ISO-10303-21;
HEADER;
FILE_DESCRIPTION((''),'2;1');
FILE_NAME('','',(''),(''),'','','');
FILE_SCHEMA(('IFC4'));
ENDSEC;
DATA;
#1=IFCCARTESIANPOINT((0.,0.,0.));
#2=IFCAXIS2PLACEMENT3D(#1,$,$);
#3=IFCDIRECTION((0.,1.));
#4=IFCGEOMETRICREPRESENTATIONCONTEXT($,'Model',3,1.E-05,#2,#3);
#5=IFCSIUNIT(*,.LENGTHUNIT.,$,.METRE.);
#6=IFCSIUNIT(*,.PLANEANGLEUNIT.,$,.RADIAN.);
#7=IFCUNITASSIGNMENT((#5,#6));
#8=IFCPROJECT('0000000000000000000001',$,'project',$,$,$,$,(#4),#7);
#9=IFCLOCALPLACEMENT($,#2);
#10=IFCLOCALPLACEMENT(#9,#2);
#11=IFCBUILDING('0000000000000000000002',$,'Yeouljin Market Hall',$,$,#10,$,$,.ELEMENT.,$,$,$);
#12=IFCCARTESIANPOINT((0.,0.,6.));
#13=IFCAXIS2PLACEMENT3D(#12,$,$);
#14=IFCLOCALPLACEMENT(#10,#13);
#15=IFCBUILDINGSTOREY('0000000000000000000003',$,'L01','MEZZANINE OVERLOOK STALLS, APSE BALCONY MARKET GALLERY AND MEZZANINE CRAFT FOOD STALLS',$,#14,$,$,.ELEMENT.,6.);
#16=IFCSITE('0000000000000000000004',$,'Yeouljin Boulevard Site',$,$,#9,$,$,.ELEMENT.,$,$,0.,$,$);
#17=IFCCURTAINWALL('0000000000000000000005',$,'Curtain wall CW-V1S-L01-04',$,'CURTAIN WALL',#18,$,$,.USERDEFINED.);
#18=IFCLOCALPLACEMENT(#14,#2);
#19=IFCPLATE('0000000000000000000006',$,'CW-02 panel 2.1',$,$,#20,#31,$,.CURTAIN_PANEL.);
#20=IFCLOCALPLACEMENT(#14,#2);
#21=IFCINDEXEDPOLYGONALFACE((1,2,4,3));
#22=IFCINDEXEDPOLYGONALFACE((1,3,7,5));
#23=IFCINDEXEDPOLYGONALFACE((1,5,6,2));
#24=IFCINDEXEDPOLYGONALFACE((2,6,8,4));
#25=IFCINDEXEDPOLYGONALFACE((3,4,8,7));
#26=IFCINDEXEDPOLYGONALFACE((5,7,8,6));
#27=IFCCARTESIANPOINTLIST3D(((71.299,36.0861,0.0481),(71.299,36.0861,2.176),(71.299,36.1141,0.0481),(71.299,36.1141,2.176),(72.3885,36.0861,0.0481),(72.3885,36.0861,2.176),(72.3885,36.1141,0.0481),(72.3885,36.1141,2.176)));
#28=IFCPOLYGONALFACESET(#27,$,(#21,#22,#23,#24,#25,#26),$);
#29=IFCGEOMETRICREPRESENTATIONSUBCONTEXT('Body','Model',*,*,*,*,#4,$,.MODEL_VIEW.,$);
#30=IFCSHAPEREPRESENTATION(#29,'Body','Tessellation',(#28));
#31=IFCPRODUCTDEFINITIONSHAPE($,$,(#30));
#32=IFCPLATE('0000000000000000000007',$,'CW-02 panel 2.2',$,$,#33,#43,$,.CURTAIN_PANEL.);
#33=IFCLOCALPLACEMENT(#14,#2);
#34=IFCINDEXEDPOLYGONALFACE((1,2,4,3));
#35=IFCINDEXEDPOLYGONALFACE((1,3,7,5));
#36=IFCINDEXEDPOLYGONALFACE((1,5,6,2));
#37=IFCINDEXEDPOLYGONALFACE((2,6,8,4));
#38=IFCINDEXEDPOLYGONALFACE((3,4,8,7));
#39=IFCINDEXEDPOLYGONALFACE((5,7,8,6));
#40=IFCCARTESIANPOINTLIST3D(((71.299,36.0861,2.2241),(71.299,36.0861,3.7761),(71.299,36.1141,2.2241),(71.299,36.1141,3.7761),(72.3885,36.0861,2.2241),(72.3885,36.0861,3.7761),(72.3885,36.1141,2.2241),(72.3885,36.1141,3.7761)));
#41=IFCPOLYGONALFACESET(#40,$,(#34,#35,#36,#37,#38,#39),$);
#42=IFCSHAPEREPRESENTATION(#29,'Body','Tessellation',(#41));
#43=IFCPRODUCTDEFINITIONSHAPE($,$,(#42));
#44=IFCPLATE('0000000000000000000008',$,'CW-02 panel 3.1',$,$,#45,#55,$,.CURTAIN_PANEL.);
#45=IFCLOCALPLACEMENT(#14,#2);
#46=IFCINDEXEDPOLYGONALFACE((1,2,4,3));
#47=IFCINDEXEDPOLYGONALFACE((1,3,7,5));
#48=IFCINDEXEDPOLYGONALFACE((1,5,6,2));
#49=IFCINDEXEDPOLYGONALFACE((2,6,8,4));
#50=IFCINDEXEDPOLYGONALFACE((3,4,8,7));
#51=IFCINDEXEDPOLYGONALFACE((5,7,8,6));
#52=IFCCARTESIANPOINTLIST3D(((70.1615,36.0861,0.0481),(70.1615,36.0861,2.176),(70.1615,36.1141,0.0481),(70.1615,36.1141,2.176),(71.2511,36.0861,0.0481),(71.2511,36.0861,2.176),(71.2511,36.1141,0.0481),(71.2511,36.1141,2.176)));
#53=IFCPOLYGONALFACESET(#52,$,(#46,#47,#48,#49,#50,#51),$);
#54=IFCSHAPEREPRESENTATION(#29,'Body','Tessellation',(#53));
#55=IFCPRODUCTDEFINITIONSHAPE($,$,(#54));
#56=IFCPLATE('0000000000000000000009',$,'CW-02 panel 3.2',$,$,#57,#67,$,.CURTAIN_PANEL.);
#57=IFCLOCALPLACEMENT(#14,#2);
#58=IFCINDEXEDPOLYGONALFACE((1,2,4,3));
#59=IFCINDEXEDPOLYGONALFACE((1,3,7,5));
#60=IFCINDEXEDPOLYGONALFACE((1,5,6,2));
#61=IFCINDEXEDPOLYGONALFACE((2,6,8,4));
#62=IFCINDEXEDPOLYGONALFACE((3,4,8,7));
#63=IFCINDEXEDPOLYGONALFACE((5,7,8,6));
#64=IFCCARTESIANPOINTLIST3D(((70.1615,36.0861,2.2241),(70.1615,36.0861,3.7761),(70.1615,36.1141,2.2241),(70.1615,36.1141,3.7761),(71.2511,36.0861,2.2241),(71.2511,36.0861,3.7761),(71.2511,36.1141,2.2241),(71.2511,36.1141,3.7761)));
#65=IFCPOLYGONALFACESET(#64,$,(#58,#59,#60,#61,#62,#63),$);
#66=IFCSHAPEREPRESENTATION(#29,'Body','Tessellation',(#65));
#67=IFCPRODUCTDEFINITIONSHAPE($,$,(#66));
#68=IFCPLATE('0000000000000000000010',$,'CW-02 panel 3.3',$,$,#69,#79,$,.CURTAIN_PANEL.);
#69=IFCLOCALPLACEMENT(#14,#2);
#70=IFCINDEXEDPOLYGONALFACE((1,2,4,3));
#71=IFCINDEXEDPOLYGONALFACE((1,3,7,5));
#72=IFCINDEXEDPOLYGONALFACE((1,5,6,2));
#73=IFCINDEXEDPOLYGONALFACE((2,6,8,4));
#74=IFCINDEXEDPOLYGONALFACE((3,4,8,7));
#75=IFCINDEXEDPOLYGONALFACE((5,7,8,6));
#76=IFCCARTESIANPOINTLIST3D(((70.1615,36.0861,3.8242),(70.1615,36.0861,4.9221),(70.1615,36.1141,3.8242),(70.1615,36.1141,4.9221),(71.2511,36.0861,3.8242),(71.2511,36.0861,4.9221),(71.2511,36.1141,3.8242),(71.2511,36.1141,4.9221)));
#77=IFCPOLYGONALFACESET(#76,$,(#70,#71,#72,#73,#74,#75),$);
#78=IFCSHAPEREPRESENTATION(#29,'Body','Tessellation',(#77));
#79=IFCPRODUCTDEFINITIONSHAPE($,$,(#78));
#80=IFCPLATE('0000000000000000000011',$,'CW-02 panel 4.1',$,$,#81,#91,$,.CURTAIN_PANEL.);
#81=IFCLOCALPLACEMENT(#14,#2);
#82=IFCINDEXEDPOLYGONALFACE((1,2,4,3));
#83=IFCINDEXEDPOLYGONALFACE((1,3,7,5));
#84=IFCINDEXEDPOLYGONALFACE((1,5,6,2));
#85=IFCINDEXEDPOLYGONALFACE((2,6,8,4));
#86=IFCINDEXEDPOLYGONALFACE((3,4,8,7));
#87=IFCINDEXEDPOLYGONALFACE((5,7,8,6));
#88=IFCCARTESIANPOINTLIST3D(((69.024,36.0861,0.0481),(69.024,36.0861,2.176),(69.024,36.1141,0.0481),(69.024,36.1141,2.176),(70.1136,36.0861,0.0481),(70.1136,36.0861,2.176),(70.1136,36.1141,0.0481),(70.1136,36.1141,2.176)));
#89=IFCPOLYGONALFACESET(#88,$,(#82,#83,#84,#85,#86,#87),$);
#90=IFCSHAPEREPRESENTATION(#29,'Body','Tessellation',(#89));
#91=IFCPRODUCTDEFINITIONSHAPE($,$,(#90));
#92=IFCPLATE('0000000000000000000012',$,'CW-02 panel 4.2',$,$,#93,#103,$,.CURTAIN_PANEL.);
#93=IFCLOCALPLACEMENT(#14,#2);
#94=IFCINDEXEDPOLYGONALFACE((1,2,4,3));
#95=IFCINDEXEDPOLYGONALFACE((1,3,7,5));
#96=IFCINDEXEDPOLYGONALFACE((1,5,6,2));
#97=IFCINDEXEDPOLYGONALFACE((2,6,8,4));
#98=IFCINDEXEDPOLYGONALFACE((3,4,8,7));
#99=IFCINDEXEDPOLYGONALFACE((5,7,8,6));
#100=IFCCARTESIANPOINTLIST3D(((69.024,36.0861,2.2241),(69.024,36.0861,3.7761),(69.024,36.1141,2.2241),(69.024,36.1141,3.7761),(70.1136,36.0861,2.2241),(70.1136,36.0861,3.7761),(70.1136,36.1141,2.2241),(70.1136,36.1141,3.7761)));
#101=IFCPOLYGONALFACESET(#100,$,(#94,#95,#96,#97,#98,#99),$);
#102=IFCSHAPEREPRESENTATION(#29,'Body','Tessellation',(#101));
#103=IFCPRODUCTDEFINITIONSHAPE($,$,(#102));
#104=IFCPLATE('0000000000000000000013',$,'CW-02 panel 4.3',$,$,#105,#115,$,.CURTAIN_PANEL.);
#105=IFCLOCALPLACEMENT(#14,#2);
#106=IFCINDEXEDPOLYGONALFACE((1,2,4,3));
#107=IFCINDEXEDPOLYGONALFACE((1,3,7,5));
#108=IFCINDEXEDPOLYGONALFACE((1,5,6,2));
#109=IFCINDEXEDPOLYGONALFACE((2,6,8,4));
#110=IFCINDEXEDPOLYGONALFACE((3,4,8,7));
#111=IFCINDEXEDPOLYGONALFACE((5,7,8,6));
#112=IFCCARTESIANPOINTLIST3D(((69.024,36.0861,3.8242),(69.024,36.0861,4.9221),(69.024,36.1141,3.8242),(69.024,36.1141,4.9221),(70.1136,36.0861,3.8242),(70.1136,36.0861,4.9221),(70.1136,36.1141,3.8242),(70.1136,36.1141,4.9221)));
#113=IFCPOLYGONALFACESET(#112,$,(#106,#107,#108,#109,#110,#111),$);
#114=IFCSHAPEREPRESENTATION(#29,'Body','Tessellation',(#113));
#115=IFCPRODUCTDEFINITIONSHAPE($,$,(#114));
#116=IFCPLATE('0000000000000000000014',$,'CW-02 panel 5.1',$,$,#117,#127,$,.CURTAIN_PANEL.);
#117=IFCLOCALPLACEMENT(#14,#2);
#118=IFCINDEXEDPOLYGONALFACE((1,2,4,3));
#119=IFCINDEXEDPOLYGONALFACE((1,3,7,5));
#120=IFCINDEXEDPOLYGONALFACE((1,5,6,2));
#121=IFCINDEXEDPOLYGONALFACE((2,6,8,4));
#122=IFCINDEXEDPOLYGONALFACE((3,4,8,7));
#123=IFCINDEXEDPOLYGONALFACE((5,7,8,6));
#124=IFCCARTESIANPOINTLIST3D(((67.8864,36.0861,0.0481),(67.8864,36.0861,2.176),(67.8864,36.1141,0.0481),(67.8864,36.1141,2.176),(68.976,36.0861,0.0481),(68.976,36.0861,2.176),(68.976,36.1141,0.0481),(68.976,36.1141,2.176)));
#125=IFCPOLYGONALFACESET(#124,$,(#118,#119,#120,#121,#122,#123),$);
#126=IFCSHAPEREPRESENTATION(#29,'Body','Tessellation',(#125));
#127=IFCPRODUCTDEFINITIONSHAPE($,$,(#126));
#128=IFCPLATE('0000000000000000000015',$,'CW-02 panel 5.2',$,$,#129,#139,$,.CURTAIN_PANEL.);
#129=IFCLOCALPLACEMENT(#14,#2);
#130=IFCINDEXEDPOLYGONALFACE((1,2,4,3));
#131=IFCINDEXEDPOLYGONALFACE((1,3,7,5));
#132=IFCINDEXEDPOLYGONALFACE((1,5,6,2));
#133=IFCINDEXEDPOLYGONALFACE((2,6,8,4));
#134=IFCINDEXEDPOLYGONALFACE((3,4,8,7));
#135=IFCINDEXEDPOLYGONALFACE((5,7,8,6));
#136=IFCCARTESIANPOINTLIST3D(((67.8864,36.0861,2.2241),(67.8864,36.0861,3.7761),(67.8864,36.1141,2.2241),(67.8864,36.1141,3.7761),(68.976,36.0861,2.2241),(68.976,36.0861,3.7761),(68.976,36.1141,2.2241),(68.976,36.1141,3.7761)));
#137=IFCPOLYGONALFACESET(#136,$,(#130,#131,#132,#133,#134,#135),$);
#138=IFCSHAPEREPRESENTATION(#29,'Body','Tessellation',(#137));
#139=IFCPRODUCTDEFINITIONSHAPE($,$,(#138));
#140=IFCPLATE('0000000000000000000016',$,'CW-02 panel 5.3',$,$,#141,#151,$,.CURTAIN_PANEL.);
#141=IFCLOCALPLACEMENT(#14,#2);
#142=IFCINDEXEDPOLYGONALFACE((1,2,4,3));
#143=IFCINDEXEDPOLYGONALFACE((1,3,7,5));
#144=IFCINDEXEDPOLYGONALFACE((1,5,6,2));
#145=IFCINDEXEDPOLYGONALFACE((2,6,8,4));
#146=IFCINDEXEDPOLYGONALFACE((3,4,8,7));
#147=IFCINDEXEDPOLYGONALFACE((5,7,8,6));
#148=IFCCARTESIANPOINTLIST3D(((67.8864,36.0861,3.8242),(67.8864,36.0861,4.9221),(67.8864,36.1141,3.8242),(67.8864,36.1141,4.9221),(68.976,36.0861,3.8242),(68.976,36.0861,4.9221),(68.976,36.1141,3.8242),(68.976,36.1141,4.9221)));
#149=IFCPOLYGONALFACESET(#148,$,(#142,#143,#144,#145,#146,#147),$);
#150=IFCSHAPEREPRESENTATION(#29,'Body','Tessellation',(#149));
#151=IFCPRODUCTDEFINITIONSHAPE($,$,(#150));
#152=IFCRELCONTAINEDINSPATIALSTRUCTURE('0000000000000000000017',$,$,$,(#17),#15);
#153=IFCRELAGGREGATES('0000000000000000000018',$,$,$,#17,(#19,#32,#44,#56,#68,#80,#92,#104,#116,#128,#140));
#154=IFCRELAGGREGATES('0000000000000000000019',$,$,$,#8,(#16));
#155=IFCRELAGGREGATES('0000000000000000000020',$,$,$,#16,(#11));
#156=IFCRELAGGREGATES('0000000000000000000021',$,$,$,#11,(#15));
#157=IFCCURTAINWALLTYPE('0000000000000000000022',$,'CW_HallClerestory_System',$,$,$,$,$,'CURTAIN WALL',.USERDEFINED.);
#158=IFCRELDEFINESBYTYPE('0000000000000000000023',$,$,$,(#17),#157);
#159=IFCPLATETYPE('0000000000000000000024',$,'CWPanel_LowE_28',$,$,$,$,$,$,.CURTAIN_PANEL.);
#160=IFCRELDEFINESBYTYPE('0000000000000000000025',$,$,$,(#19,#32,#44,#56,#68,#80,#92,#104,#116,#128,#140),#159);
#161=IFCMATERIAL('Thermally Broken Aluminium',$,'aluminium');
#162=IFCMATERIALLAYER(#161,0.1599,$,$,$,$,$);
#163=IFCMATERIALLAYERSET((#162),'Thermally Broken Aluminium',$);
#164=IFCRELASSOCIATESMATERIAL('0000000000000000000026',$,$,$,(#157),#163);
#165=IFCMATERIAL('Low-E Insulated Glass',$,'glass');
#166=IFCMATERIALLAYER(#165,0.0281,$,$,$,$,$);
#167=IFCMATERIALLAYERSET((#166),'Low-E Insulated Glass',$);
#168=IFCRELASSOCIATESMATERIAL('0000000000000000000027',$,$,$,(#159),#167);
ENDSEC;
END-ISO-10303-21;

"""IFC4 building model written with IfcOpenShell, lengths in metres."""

from ifc_helpers import new_model, si_unit, direction, frame, origin, origin_2d, place, context, subcontext, project, spatial, rectangle, extrude, material, layer, layer_set, type_object, element, aggregate, save


model = new_model("IFC4")

# Units and contexts
model_context = context("Model", 3, precision=1e-05, world=origin(), true_north=direction((0.0, 1.0)))
body_context = subcontext(model_context, "Body", "Model", "MODEL_VIEW")
ifc_project = project(units=[si_unit("LENGTHUNIT", "METRE"), si_unit("PLANEANGLEUNIT", "RADIAN")], contexts=[model_context])

# Site, building, storey
site_placement = place(None, origin())
site = spatial("IfcSite", under=ifc_project, at=site_placement, Name="Yeouljin Boulevard Site", CompositionType="ELEMENT", RefElevation=0.0)
building_placement = place(site_placement, origin())
building = spatial("IfcBuilding", under=site, at=building_placement, Name="Yeouljin Market Hall", CompositionType="ELEMENT")
storey_placement = place(building_placement, frame((0.0, 0.0, 6.0)))
storey = spatial("IfcBuildingStorey", under=building, at=storey_placement, Name="L01", Description="MEZZANINE OVERLOOK STALLS, APSE BALCONY MARKET GALLERY AND MEZZANINE CRAFT FOOD STALLS", CompositionType="ELEMENT", Elevation=6.0)

# Curtain wall, plates
ifc_material_1 = material(Name="Thermally Broken Aluminium", Category="aluminium")
ifc_layer_1 = layer(ifc_material_1, 0.1599)
ifc_layer_set_1 = layer_set([ifc_layer_1], Name="Thermally Broken Aluminium")
curtain_wall_type = type_object("IfcCurtainWallType", Name="CW_HallClerestory_System", ElementType="CURTAIN WALL", PredefinedType="USERDEFINED", material=ifc_layer_set_1)
curtain_wall_placement = place(storey_placement, origin())
curtain_wall = element("IfcCurtainWall", 1, at=curtain_wall_placement, inside=storey, type_object=curtain_wall_type, Name="Curtain wall CW-V1S-L01-04", ObjectType="CURTAIN WALL", PredefinedType="USERDEFINED")
ifc_material_2 = material(Name="Low-E Insulated Glass", Category="glass")
ifc_layer_2 = layer(ifc_material_2, 0.0281)
ifc_layer_set_2 = layer_set([ifc_layer_2], Name="Low-E Insulated Glass")
plate_type = type_object("IfcPlateType", Name="CWPanel_LowE_28", PredefinedType="CURTAIN_PANEL", material=ifc_layer_set_2)
plate_1_placement = place(storey_placement, frame((71.8438, 36.1001, 0.0481), z_axis=(0.0, 0.0, 1.0), x_axis=(-1.0, 0.0, 0.0)))
plate_1 = element("IfcPlate", 2, at=plate_1_placement, type_object=plate_type, Name="CW-02 panel 2.1", PredefinedType="CURTAIN_PANEL", context=body_context, shape_type="SweptSolid", body=[
    extrude(rectangle(XDim=1.0896, YDim=0.0281, at=origin_2d()), origin(), (0.0, 0.0, 1.0), 2.1279),
])
plate_2_placement = place(storey_placement, frame((71.8438, 36.1001, 2.2241), z_axis=(0.0, 0.0, 1.0), x_axis=(-1.0, 0.0, 0.0)))
plate_2 = element("IfcPlate", 3, at=plate_2_placement, type_object=plate_type, Name="CW-02 panel 2.2", PredefinedType="CURTAIN_PANEL", context=body_context, shape_type="SweptSolid", body=[
    extrude(rectangle(XDim=1.0896, YDim=0.0281, at=origin_2d()), origin(), (0.0, 0.0, 1.0), 1.552),
])
plate_3_placement = place(storey_placement, frame((70.7063, 36.1001, 0.0481), z_axis=(0.0, 0.0, 1.0), x_axis=(-1.0, 0.0, 0.0)))
plate_3 = element("IfcPlate", 4, at=plate_3_placement, type_object=plate_type, Name="CW-02 panel 3.1", PredefinedType="CURTAIN_PANEL", context=body_context, shape_type="SweptSolid", body=[
    extrude(rectangle(XDim=1.0896, YDim=0.0281, at=origin_2d()), origin(), (0.0, 0.0, 1.0), 2.1279),
])
plate_4_placement = place(storey_placement, frame((70.7063, 36.1001, 2.2241), z_axis=(0.0, 0.0, 1.0), x_axis=(-1.0, 0.0, 0.0)))
plate_4 = element("IfcPlate", 5, at=plate_4_placement, type_object=plate_type, Name="CW-02 panel 3.2", PredefinedType="CURTAIN_PANEL", context=body_context, shape_type="SweptSolid", body=[
    extrude(rectangle(XDim=1.0896, YDim=0.0281, at=origin_2d()), origin(), (0.0, 0.0, 1.0), 1.552),
])
plate_5_placement = place(storey_placement, frame((70.7063, 36.1001, 3.8242), z_axis=(0.0, 0.0, 1.0), x_axis=(-1.0, 0.0, 0.0)))
plate_5 = element("IfcPlate", 6, at=plate_5_placement, type_object=plate_type, Name="CW-02 panel 3.3", PredefinedType="CURTAIN_PANEL", context=body_context, shape_type="SweptSolid", body=[
    extrude(rectangle(XDim=1.0896, YDim=0.0281, at=origin_2d()), origin(), (0.0, 0.0, 1.0), 1.0979),
])
plate_6_placement = place(storey_placement, frame((69.5688, 36.1001, 0.0481), z_axis=(0.0, 0.0, 1.0), x_axis=(-1.0, 0.0, 0.0)))
plate_6 = element("IfcPlate", 7, at=plate_6_placement, type_object=plate_type, Name="CW-02 panel 4.1", PredefinedType="CURTAIN_PANEL", context=body_context, shape_type="SweptSolid", body=[
    extrude(rectangle(XDim=1.0896, YDim=0.0281, at=origin_2d()), origin(), (0.0, 0.0, 1.0), 2.1279),
])
plate_7_placement = place(storey_placement, frame((69.5688, 36.1001, 2.2241), z_axis=(0.0, 0.0, 1.0), x_axis=(-1.0, 0.0, 0.0)))
plate_7 = element("IfcPlate", 8, at=plate_7_placement, type_object=plate_type, Name="CW-02 panel 4.2", PredefinedType="CURTAIN_PANEL", context=body_context, shape_type="SweptSolid", body=[
    extrude(rectangle(XDim=1.0896, YDim=0.0281, at=origin_2d()), origin(), (0.0, 0.0, 1.0), 1.552),
])
plate_8_placement = place(storey_placement, frame((69.5688, 36.1001, 3.8242), z_axis=(0.0, 0.0, 1.0), x_axis=(-1.0, 0.0, 0.0)))
plate_8 = element("IfcPlate", 9, at=plate_8_placement, type_object=plate_type, Name="CW-02 panel 4.3", PredefinedType="CURTAIN_PANEL", context=body_context, shape_type="SweptSolid", body=[
    extrude(rectangle(XDim=1.0896, YDim=0.0281, at=origin_2d()), origin(), (0.0, 0.0, 1.0), 1.0979),
])
plate_9_placement = place(storey_placement, frame((68.4312, 36.1001, 0.0481), z_axis=(0.0, 0.0, 1.0), x_axis=(-1.0, 0.0, 0.0)))
plate_9 = element("IfcPlate", 10, at=plate_9_placement, type_object=plate_type, Name="CW-02 panel 5.1", PredefinedType="CURTAIN_PANEL", context=body_context, shape_type="SweptSolid", body=[
    extrude(rectangle(XDim=1.0896, YDim=0.0281, at=origin_2d()), origin(), (0.0, 0.0, 1.0), 2.1279),
])
plate_10_placement = place(storey_placement, frame((68.4312, 36.1001, 2.2241), z_axis=(0.0, 0.0, 1.0), x_axis=(-1.0, 0.0, 0.0)))
plate_10 = element("IfcPlate", 11, at=plate_10_placement, type_object=plate_type, Name="CW-02 panel 5.2", PredefinedType="CURTAIN_PANEL", context=body_context, shape_type="SweptSolid", body=[
    extrude(rectangle(XDim=1.0896, YDim=0.0281, at=origin_2d()), origin(), (0.0, 0.0, 1.0), 1.552),
])
plate_11_placement = place(storey_placement, frame((68.4312, 36.1001, 3.8242), z_axis=(0.0, 0.0, 1.0), x_axis=(-1.0, 0.0, 0.0)))
plate_11 = element("IfcPlate", 12, at=plate_11_placement, type_object=plate_type, Name="CW-02 panel 5.3", PredefinedType="CURTAIN_PANEL", context=body_context, shape_type="SweptSolid", body=[
    extrude(rectangle(XDim=1.0896, YDim=0.0281, at=origin_2d()), origin(), (0.0, 0.0, 1.0), 1.0979),
])
aggregate(curtain_wall, [plate_1, plate_2, plate_3, plate_4, plate_5, plate_6, plate_7, plate_8, plate_9, plate_10, plate_11])

save(model, "model.ifc")
